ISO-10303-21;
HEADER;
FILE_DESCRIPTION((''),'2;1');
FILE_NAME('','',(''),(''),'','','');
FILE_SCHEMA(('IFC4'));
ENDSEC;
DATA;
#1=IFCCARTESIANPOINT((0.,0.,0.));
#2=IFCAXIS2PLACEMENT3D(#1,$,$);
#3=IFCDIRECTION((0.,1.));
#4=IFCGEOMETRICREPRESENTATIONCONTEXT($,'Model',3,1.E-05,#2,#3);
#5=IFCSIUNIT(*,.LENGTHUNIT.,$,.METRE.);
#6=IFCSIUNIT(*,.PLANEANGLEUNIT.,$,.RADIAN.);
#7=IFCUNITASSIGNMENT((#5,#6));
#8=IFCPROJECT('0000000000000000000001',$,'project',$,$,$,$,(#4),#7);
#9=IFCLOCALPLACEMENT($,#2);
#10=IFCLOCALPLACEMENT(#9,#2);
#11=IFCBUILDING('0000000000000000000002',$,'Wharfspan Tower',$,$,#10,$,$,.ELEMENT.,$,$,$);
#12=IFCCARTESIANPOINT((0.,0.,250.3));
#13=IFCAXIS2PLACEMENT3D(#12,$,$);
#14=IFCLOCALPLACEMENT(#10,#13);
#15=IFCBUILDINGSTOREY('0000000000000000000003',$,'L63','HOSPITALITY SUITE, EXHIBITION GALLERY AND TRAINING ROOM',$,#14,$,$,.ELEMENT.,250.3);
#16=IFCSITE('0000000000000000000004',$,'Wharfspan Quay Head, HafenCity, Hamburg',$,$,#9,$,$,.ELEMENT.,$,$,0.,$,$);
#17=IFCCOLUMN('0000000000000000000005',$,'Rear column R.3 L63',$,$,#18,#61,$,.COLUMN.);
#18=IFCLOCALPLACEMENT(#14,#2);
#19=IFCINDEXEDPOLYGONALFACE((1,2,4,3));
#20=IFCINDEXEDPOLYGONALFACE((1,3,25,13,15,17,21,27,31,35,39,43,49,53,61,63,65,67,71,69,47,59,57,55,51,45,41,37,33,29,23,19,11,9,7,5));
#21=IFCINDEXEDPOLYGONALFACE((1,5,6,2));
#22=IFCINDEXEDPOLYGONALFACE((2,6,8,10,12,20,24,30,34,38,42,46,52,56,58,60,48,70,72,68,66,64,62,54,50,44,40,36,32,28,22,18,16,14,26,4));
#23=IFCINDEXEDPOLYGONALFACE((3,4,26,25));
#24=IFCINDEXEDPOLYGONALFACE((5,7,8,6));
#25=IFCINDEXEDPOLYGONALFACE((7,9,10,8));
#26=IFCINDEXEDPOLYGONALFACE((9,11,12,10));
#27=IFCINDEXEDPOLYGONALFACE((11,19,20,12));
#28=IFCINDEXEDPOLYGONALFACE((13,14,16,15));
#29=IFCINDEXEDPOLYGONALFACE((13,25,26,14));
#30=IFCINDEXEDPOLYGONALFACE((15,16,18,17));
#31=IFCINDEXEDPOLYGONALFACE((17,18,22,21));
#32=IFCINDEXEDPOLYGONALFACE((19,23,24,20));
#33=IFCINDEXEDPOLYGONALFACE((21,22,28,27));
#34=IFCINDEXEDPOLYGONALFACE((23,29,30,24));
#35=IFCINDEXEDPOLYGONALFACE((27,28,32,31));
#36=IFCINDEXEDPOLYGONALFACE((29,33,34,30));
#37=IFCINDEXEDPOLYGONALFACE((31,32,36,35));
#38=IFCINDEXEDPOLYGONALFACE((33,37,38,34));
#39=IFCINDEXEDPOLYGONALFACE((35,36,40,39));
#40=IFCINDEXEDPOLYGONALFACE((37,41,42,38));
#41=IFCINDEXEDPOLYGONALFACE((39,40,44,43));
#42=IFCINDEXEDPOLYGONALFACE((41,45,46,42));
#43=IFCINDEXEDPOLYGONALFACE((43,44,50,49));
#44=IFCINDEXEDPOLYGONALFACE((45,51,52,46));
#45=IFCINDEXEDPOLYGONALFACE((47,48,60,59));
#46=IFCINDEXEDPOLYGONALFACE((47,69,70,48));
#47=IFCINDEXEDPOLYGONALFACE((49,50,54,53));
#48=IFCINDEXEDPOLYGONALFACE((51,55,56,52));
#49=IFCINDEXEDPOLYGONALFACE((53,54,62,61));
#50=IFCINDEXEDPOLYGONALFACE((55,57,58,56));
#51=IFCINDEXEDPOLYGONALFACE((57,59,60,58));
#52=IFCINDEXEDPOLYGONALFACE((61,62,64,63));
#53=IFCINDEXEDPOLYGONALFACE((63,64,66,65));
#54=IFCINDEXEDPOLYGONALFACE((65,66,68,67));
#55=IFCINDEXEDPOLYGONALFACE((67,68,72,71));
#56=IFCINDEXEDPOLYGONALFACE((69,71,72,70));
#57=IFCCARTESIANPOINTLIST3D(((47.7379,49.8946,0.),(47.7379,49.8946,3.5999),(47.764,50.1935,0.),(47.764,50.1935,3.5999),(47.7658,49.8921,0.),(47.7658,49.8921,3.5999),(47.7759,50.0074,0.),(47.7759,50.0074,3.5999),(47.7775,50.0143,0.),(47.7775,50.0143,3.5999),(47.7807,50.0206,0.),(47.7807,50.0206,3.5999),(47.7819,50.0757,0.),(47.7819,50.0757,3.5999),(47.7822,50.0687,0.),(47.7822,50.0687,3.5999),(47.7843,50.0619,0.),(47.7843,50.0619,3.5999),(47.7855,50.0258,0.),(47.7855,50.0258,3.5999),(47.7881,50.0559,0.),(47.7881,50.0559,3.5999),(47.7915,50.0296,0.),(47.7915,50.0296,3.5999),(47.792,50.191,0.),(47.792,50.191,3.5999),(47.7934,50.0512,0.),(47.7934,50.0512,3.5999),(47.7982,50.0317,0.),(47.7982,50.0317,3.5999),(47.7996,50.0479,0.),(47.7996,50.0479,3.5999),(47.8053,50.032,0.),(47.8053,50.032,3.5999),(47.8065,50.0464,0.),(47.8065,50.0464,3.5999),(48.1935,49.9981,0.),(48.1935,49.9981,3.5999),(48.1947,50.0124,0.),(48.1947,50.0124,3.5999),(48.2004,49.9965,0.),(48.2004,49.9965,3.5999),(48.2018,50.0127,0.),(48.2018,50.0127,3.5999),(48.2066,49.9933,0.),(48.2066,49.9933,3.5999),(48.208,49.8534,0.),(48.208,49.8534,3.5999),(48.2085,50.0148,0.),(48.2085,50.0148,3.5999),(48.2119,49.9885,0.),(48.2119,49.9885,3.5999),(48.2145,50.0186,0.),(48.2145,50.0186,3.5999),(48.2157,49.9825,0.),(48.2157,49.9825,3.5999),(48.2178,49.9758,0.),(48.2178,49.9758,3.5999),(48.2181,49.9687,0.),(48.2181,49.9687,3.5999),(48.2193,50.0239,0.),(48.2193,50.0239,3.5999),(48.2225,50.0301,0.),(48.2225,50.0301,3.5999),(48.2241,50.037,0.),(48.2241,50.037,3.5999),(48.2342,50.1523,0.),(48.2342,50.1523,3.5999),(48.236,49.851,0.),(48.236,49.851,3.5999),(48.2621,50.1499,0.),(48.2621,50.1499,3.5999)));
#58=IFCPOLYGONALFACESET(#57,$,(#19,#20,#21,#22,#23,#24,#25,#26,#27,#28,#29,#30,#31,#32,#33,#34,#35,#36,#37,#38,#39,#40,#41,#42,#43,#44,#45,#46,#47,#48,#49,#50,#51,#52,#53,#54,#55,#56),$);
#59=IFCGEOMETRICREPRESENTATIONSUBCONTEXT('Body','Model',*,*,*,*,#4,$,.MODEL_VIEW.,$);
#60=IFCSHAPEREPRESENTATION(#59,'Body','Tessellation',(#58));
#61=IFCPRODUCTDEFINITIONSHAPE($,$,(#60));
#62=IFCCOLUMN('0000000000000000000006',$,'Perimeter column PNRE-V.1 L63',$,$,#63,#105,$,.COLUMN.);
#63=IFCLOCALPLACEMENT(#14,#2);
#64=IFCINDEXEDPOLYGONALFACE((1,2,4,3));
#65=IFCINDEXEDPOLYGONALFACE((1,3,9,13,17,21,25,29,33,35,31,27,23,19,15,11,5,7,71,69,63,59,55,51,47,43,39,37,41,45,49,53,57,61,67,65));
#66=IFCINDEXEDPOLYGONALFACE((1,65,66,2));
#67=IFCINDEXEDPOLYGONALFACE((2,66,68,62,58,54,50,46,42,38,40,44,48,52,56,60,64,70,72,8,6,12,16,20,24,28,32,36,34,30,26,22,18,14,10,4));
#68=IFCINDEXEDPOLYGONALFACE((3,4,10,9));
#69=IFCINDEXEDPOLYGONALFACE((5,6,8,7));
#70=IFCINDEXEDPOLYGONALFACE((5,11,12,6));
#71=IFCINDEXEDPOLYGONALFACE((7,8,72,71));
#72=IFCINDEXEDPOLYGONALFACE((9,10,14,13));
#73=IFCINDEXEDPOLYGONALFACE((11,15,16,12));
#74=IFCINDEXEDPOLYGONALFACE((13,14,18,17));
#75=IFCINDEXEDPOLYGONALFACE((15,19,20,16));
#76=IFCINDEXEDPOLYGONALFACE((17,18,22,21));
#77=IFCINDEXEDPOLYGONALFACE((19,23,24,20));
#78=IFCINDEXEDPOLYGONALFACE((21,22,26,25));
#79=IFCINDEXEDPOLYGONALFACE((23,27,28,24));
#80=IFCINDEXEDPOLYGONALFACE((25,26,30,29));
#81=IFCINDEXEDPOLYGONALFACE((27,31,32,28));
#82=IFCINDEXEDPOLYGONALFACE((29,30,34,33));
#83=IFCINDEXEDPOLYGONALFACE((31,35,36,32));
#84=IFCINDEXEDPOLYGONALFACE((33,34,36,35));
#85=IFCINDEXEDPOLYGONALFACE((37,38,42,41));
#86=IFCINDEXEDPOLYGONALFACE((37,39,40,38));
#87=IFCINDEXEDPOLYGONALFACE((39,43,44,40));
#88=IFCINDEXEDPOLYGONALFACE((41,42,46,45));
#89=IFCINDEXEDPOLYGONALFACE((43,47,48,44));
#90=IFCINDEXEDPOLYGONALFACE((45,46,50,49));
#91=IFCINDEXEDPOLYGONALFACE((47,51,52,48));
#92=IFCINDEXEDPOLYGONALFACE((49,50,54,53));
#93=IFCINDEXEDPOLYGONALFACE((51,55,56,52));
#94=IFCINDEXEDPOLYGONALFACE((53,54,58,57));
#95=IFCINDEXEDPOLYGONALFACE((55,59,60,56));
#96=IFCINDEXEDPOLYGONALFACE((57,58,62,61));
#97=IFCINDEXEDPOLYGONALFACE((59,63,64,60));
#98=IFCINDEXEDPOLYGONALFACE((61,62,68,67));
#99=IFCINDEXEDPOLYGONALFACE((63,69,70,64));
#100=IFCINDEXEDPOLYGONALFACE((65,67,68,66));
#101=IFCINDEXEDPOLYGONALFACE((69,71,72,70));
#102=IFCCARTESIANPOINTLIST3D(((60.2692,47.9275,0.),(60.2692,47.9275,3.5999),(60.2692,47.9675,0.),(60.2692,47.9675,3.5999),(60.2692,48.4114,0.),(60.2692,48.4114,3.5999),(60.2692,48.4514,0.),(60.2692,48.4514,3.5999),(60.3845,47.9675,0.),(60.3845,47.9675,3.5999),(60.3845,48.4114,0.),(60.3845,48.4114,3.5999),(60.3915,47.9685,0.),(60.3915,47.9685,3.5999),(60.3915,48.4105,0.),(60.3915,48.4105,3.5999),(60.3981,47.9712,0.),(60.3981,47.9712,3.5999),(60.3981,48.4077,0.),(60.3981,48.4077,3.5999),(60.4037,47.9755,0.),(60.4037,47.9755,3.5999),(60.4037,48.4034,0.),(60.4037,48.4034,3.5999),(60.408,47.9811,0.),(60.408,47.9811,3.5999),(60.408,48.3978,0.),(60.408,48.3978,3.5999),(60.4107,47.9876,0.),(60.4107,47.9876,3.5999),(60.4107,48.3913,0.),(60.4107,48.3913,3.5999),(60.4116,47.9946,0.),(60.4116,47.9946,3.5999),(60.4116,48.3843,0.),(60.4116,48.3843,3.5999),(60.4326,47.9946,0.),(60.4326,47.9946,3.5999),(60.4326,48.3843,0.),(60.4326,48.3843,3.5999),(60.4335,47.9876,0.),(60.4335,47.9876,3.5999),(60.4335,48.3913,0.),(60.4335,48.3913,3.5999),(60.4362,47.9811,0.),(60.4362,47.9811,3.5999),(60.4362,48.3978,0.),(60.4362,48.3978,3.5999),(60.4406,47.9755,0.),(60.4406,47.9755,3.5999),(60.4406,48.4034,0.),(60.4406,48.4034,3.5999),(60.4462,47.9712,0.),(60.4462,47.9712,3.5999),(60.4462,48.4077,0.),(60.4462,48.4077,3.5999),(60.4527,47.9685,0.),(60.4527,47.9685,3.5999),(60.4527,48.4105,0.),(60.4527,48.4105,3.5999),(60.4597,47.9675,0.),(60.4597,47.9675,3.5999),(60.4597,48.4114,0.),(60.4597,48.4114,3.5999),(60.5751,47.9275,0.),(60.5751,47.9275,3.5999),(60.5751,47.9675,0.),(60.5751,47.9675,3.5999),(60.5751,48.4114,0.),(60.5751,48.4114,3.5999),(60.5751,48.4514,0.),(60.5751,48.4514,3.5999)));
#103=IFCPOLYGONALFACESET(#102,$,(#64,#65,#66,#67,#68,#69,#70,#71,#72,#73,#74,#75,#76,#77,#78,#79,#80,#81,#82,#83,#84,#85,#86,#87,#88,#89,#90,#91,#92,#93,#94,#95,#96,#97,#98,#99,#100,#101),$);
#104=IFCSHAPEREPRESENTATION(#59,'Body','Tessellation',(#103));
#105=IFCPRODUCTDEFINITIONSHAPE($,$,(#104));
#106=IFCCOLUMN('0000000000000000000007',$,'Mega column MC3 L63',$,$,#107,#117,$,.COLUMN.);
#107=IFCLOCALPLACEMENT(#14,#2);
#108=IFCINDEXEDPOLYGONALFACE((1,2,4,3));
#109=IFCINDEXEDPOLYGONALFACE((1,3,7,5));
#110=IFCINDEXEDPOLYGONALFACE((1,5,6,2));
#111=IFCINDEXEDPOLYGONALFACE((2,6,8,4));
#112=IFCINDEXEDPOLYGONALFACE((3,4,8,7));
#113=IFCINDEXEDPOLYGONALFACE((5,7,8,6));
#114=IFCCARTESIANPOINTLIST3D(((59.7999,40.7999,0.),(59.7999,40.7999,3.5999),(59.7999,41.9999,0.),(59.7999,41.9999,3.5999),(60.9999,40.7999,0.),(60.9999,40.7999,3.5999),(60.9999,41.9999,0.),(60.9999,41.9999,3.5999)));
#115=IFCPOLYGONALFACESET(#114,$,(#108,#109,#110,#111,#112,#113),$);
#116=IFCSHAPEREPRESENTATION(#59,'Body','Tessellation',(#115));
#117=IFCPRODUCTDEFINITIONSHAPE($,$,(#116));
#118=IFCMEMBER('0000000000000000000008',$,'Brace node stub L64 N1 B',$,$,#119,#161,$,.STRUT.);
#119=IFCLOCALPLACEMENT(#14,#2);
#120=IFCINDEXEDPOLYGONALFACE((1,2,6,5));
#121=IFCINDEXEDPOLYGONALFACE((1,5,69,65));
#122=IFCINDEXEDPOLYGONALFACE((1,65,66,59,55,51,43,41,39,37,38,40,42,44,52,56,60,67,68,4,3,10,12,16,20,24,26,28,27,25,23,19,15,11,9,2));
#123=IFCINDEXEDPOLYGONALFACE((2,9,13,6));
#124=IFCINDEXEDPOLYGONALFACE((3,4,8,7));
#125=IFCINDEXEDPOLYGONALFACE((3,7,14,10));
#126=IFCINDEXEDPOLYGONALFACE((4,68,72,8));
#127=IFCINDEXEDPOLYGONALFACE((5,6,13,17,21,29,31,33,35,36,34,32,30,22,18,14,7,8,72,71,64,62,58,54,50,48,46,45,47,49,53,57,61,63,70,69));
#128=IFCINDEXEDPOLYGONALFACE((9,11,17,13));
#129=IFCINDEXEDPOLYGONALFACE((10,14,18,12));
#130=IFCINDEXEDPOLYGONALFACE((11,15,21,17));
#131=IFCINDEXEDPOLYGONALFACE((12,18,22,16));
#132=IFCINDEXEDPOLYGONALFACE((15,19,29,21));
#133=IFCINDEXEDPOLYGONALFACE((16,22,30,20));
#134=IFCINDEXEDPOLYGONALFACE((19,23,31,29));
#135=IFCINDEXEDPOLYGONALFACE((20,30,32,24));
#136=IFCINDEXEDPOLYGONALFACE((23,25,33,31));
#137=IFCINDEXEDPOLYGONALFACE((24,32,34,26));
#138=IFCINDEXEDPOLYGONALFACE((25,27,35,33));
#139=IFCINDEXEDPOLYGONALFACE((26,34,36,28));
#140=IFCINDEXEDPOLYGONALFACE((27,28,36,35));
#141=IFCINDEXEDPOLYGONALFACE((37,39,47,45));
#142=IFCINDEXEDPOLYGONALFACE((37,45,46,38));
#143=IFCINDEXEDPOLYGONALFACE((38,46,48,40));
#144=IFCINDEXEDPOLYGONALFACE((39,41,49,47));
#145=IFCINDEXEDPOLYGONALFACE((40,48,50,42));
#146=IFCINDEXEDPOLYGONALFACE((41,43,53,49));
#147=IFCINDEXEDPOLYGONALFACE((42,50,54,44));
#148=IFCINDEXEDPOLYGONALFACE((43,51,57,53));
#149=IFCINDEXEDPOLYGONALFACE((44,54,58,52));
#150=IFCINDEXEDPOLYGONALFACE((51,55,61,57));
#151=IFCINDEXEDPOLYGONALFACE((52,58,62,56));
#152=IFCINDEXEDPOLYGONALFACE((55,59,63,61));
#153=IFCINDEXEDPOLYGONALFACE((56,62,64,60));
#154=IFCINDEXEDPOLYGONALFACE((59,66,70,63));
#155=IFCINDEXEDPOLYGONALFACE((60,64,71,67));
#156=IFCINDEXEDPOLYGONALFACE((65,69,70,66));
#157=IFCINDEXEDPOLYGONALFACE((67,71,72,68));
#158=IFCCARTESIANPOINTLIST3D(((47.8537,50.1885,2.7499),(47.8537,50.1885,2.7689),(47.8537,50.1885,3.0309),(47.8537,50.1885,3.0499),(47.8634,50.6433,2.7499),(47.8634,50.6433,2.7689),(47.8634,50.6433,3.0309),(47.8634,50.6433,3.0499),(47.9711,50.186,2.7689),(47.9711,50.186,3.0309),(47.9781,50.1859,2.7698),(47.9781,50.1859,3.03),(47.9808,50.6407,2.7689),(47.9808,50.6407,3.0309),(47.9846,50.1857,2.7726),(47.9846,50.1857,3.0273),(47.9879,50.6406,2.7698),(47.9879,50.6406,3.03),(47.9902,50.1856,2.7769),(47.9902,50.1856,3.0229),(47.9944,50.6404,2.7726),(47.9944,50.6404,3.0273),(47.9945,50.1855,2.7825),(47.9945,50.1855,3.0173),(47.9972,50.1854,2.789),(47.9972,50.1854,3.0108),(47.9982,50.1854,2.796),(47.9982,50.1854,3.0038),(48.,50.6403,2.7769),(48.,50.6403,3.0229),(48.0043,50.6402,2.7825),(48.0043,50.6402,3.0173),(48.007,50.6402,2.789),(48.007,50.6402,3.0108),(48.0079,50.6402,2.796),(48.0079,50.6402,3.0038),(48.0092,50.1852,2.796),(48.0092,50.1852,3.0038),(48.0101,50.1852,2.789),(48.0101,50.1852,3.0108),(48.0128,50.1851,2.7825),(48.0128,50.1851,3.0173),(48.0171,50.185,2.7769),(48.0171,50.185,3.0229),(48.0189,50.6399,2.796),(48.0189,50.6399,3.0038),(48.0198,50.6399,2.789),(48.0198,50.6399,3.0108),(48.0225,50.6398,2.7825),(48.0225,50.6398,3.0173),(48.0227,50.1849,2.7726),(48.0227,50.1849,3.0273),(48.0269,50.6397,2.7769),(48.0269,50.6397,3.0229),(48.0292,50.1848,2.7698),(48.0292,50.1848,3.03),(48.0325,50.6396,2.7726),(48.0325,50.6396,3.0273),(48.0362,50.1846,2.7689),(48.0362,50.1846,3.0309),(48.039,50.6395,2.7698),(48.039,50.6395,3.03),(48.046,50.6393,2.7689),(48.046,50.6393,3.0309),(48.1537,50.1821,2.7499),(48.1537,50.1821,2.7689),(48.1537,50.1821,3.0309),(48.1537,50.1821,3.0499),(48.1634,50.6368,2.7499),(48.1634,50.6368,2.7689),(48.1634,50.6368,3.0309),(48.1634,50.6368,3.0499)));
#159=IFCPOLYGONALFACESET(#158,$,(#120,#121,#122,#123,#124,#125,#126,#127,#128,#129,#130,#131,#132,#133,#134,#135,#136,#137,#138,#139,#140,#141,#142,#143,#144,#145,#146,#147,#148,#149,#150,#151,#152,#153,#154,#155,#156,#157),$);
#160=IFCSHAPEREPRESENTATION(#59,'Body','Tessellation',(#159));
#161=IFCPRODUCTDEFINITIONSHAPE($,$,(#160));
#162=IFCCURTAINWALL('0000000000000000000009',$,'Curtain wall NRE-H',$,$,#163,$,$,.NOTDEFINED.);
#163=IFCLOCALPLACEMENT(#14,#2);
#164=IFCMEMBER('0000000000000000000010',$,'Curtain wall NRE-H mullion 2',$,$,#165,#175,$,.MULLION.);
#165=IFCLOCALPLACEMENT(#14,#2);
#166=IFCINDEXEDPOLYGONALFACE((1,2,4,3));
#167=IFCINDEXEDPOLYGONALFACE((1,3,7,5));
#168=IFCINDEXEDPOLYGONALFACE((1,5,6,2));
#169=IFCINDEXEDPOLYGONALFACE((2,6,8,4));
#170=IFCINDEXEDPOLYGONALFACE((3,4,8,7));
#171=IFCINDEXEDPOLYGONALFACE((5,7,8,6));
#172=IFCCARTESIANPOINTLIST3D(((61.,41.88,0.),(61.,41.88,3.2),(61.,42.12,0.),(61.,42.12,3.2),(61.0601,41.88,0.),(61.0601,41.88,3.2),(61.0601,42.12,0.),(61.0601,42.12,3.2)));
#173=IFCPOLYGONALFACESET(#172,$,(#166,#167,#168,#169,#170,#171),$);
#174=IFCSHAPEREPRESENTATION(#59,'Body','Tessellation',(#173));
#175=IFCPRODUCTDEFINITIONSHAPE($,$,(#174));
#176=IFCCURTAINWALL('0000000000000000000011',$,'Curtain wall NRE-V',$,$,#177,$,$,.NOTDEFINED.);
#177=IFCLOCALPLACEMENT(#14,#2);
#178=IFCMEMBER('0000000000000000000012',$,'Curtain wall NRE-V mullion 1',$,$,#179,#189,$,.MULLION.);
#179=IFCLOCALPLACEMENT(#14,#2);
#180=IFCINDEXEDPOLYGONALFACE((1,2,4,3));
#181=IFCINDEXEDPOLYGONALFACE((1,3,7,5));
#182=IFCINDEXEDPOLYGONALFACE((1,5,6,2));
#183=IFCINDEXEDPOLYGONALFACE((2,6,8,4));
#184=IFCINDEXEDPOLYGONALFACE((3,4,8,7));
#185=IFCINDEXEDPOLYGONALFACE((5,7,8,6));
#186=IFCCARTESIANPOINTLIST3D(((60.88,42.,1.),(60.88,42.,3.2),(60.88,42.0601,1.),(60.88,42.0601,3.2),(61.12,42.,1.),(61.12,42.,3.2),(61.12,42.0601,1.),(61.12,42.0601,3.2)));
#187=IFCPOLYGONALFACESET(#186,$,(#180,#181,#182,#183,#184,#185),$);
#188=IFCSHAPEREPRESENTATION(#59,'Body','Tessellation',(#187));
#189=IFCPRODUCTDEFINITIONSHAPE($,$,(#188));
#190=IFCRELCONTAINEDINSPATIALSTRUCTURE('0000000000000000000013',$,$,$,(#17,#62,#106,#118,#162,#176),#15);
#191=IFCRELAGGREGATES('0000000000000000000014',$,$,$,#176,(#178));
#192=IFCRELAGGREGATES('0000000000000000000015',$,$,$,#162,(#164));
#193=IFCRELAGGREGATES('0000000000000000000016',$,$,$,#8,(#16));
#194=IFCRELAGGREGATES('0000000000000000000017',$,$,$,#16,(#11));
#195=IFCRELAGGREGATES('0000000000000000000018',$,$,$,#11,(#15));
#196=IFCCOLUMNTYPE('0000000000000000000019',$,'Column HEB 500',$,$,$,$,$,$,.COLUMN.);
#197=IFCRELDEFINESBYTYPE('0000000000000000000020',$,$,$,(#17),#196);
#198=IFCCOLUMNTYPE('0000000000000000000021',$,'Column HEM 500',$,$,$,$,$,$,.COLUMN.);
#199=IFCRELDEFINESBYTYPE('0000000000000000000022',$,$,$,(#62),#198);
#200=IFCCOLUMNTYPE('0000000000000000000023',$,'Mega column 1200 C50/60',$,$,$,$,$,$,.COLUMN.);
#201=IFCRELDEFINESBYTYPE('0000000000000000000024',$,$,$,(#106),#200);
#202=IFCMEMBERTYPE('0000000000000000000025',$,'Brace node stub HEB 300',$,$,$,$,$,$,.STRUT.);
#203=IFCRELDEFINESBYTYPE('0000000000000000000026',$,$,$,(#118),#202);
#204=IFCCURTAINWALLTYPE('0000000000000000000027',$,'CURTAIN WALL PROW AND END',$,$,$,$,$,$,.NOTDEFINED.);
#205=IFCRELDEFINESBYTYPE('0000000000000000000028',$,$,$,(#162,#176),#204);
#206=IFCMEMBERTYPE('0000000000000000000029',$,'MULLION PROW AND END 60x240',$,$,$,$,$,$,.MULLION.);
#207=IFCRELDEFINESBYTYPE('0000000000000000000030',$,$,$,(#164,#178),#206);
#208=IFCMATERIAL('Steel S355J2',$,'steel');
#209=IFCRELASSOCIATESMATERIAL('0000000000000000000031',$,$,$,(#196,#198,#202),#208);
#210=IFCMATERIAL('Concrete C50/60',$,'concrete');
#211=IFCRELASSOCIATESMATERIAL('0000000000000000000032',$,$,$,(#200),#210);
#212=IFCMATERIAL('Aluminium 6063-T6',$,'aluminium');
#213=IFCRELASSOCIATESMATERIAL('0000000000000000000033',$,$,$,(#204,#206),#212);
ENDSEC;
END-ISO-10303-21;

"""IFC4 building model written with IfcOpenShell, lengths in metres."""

from ifc_helpers import new_model, si_unit, direction, frame, origin, origin_2d, place, context, subcontext, project, spatial, rectangle, i_section, extrude, material, material_profile, profile_set, type_object, element, aggregate, save


model = new_model("IFC4")

# Units and contexts
model_context = context("Model", 3, precision=1e-05, world=origin(), true_north=direction((0.0, 1.0)))
body_context = subcontext(model_context, "Body", "Model", "MODEL_VIEW")
ifc_project = project(units=[si_unit("LENGTHUNIT", "METRE"), si_unit("PLANEANGLEUNIT", "RADIAN")], contexts=[model_context])

# Site, building, storey
site_placement = place(None, origin())
site = spatial("IfcSite", under=ifc_project, at=site_placement, Name="Wharfspan Quay Head, HafenCity, Hamburg", CompositionType="ELEMENT", RefElevation=0.0)
building_placement = place(site_placement, origin())
building = spatial("IfcBuilding", under=site, at=building_placement, Name="Wharfspan Tower", CompositionType="ELEMENT")
storey_placement = place(building_placement, frame((0.0, 0.0, 250.3)))
storey = spatial("IfcBuildingStorey", under=building, at=storey_placement, Name="L63", Description="HOSPITALITY SUITE, EXHIBITION GALLERY AND TRAINING ROOM", CompositionType="ELEMENT", Elevation=250.3)

# Columns
ifc_material_1 = material(Name="Steel S355J2", Category="steel")
ifc_material_profile_1 = material_profile(ifc_material_1, i_section(OverallWidth=0.3, OverallDepth=0.5, WebThickness=0.0144, FlangeThickness=0.0281, FilletRadius=0.0271, at=origin_2d()))
ifc_profile_set_1 = profile_set([ifc_material_profile_1], Name="Steel S355J2")
column_type_1 = type_object("IfcColumnType", Name="Column HEB 500", PredefinedType="COLUMN", material=ifc_profile_set_1)
column_1_placement = place(storey_placement, frame((48.0, 50.0222, 0.0), z_axis=(0.0, 0.0, 1.0), x_axis=(0.087156, 0.996197, 0.0)))
element("IfcColumn", 1, at=column_1_placement, inside=storey, type_object=column_type_1, Name="Rear column R.3 L63", PredefinedType="COLUMN", context=body_context, shape_type="SweptSolid", body=[
    extrude(i_section(OverallWidth=0.3, OverallDepth=0.5, WebThickness=0.0144, FlangeThickness=0.0281, FilletRadius=0.0271, at=origin_2d()), origin(), (0.0, 0.0, 1.0), 3.5999),
])
ifc_material_profile_2 = material_profile(ifc_material_1, i_section(OverallWidth=0.3059, OverallDepth=0.5239, WebThickness=0.021, FlangeThickness=0.04, FilletRadius=0.0271, at=origin_2d()))
ifc_profile_set_2 = profile_set([ifc_material_profile_2], Name="Steel S355J2")
column_type_2 = type_object("IfcColumnType", Name="Column HEM 500", PredefinedType="COLUMN", material=ifc_profile_set_2)
column_2_placement = place(storey_placement, frame((60.4221, 48.1895, 0.0), z_axis=(0.0, 0.0, 1.0), x_axis=(1.0, 0.0, 0.0)))
element("IfcColumn", 2, at=column_2_placement, inside=storey, type_object=column_type_2, Name="Perimeter column PNRE-V.1 L63", PredefinedType="COLUMN", context=body_context, shape_type="SweptSolid", body=[
    extrude(i_section(OverallWidth=0.3059, OverallDepth=0.5239, WebThickness=0.021, FlangeThickness=0.04, FilletRadius=0.0271, at=origin_2d()), origin(), (0.0, 0.0, 1.0), 3.5999),
])
ifc_material_2 = material(Name="Concrete C50/60", Category="concrete")
ifc_material_profile_3 = material_profile(ifc_material_2, rectangle(XDim=1.2, YDim=1.2, at=origin_2d()))
ifc_profile_set_3 = profile_set([ifc_material_profile_3], Name="Concrete C50/60")
column_type_3 = type_object("IfcColumnType", Name="Mega column 1200 C50/60", PredefinedType="COLUMN", material=ifc_profile_set_3)
column_3_placement = place(storey_placement, frame((60.3999, 41.3999, 0.0), z_axis=(0.0, 0.0, 1.0), x_axis=(1.0, 0.0, 0.0)))
element("IfcColumn", 3, at=column_3_placement, inside=storey, type_object=column_type_3, Name="Mega column MC3 L63", PredefinedType="COLUMN", context=body_context, shape_type="SweptSolid", body=[
    extrude(rectangle(XDim=1.2, YDim=1.2, at=origin_2d()), origin(), (0.0, 0.0, 1.0), 3.5999),
])

# Member
ifc_material_profile_4 = material_profile(ifc_material_1, i_section(OverallWidth=0.3, OverallDepth=0.3, WebThickness=0.011, FlangeThickness=0.019, FilletRadius=0.0271, at=origin_2d()))
ifc_profile_set_4 = profile_set([ifc_material_profile_4], Name="Steel S355J2")
member_type_1 = type_object("IfcMemberType", Name="Brace node stub HEB 300", PredefinedType="STRUT", material=ifc_profile_set_4)
member_1_placement = place(storey_placement, frame((48.0037, 50.1853, 2.8999), z_axis=(0.021466, 0.99977, 0.0), x_axis=(-0.99977, 0.021466, 0.0)))
element("IfcMember", 4, at=member_1_placement, inside=storey, type_object=member_type_1, Name="Brace node stub L64 N1 B", PredefinedType="STRUT", context=body_context, shape_type="SweptSolid", body=[
    extrude(i_section(OverallWidth=0.3, OverallDepth=0.3, WebThickness=0.011, FlangeThickness=0.019, FilletRadius=0.0271, at=origin_2d()), origin(), (0.0, 0.0, 1.0), 0.4548),
])

# Curtain wall, member
ifc_material_3 = material(Name="Aluminium 6063-T6", Category="aluminium")
curtain_wall_type = type_object("IfcCurtainWallType", Name="CURTAIN WALL PROW AND END", PredefinedType="NOTDEFINED", material=ifc_material_3)
curtain_wall_1_placement = place(storey_placement, origin())
curtain_wall_1 = element("IfcCurtainWall", 5, at=curtain_wall_1_placement, inside=storey, type_object=curtain_wall_type, Name="Curtain wall NRE-H", PredefinedType="NOTDEFINED")
ifc_material_profile_5 = material_profile(ifc_material_3, rectangle(XDim=0.24, YDim=0.0601, at=origin_2d()))
ifc_profile_set_5 = profile_set([ifc_material_profile_5], Name="Aluminium 6063-T6")
member_type_2 = type_object("IfcMemberType", Name="MULLION PROW AND END 60x240", PredefinedType="MULLION", material=ifc_profile_set_5)
member_2_placement = place(storey_placement, frame((61.03, 42.0, 0.0), z_axis=(0.0, 0.0, 1.0), x_axis=(0.0, -1.0, 0.0)))
member_2 = element("IfcMember", 6, at=member_2_placement, type_object=member_type_2, Name="Curtain wall NRE-H mullion 2", PredefinedType="MULLION", context=body_context, shape_type="SweptSolid", body=[
    extrude(rectangle(XDim=0.24, YDim=0.0601, at=origin_2d()), origin(), (0.0, 0.0, 1.0), 3.2),
])

# Curtain wall, member
curtain_wall_2_placement = place(storey_placement, origin())
curtain_wall_2 = element("IfcCurtainWall", 7, at=curtain_wall_2_placement, inside=storey, type_object=curtain_wall_type, Name="Curtain wall NRE-V", PredefinedType="NOTDEFINED")
member_3_placement = place(storey_placement, frame((61.0, 42.03, 1.0), z_axis=(0.0, 0.0, 1.0), x_axis=(-1.0, 0.0, 0.0)))
member_3 = element("IfcMember", 8, at=member_3_placement, type_object=member_type_2, Name="Curtain wall NRE-V mullion 1", PredefinedType="MULLION", context=body_context, shape_type="SweptSolid", body=[
    extrude(rectangle(XDim=0.24, YDim=0.0601, at=origin_2d()), origin(), (0.0, 0.0, 1.0), 2.2),
])

aggregate(curtain_wall_2, [member_3])
aggregate(curtain_wall_1, [member_2])

save(model, "model.ifc")
